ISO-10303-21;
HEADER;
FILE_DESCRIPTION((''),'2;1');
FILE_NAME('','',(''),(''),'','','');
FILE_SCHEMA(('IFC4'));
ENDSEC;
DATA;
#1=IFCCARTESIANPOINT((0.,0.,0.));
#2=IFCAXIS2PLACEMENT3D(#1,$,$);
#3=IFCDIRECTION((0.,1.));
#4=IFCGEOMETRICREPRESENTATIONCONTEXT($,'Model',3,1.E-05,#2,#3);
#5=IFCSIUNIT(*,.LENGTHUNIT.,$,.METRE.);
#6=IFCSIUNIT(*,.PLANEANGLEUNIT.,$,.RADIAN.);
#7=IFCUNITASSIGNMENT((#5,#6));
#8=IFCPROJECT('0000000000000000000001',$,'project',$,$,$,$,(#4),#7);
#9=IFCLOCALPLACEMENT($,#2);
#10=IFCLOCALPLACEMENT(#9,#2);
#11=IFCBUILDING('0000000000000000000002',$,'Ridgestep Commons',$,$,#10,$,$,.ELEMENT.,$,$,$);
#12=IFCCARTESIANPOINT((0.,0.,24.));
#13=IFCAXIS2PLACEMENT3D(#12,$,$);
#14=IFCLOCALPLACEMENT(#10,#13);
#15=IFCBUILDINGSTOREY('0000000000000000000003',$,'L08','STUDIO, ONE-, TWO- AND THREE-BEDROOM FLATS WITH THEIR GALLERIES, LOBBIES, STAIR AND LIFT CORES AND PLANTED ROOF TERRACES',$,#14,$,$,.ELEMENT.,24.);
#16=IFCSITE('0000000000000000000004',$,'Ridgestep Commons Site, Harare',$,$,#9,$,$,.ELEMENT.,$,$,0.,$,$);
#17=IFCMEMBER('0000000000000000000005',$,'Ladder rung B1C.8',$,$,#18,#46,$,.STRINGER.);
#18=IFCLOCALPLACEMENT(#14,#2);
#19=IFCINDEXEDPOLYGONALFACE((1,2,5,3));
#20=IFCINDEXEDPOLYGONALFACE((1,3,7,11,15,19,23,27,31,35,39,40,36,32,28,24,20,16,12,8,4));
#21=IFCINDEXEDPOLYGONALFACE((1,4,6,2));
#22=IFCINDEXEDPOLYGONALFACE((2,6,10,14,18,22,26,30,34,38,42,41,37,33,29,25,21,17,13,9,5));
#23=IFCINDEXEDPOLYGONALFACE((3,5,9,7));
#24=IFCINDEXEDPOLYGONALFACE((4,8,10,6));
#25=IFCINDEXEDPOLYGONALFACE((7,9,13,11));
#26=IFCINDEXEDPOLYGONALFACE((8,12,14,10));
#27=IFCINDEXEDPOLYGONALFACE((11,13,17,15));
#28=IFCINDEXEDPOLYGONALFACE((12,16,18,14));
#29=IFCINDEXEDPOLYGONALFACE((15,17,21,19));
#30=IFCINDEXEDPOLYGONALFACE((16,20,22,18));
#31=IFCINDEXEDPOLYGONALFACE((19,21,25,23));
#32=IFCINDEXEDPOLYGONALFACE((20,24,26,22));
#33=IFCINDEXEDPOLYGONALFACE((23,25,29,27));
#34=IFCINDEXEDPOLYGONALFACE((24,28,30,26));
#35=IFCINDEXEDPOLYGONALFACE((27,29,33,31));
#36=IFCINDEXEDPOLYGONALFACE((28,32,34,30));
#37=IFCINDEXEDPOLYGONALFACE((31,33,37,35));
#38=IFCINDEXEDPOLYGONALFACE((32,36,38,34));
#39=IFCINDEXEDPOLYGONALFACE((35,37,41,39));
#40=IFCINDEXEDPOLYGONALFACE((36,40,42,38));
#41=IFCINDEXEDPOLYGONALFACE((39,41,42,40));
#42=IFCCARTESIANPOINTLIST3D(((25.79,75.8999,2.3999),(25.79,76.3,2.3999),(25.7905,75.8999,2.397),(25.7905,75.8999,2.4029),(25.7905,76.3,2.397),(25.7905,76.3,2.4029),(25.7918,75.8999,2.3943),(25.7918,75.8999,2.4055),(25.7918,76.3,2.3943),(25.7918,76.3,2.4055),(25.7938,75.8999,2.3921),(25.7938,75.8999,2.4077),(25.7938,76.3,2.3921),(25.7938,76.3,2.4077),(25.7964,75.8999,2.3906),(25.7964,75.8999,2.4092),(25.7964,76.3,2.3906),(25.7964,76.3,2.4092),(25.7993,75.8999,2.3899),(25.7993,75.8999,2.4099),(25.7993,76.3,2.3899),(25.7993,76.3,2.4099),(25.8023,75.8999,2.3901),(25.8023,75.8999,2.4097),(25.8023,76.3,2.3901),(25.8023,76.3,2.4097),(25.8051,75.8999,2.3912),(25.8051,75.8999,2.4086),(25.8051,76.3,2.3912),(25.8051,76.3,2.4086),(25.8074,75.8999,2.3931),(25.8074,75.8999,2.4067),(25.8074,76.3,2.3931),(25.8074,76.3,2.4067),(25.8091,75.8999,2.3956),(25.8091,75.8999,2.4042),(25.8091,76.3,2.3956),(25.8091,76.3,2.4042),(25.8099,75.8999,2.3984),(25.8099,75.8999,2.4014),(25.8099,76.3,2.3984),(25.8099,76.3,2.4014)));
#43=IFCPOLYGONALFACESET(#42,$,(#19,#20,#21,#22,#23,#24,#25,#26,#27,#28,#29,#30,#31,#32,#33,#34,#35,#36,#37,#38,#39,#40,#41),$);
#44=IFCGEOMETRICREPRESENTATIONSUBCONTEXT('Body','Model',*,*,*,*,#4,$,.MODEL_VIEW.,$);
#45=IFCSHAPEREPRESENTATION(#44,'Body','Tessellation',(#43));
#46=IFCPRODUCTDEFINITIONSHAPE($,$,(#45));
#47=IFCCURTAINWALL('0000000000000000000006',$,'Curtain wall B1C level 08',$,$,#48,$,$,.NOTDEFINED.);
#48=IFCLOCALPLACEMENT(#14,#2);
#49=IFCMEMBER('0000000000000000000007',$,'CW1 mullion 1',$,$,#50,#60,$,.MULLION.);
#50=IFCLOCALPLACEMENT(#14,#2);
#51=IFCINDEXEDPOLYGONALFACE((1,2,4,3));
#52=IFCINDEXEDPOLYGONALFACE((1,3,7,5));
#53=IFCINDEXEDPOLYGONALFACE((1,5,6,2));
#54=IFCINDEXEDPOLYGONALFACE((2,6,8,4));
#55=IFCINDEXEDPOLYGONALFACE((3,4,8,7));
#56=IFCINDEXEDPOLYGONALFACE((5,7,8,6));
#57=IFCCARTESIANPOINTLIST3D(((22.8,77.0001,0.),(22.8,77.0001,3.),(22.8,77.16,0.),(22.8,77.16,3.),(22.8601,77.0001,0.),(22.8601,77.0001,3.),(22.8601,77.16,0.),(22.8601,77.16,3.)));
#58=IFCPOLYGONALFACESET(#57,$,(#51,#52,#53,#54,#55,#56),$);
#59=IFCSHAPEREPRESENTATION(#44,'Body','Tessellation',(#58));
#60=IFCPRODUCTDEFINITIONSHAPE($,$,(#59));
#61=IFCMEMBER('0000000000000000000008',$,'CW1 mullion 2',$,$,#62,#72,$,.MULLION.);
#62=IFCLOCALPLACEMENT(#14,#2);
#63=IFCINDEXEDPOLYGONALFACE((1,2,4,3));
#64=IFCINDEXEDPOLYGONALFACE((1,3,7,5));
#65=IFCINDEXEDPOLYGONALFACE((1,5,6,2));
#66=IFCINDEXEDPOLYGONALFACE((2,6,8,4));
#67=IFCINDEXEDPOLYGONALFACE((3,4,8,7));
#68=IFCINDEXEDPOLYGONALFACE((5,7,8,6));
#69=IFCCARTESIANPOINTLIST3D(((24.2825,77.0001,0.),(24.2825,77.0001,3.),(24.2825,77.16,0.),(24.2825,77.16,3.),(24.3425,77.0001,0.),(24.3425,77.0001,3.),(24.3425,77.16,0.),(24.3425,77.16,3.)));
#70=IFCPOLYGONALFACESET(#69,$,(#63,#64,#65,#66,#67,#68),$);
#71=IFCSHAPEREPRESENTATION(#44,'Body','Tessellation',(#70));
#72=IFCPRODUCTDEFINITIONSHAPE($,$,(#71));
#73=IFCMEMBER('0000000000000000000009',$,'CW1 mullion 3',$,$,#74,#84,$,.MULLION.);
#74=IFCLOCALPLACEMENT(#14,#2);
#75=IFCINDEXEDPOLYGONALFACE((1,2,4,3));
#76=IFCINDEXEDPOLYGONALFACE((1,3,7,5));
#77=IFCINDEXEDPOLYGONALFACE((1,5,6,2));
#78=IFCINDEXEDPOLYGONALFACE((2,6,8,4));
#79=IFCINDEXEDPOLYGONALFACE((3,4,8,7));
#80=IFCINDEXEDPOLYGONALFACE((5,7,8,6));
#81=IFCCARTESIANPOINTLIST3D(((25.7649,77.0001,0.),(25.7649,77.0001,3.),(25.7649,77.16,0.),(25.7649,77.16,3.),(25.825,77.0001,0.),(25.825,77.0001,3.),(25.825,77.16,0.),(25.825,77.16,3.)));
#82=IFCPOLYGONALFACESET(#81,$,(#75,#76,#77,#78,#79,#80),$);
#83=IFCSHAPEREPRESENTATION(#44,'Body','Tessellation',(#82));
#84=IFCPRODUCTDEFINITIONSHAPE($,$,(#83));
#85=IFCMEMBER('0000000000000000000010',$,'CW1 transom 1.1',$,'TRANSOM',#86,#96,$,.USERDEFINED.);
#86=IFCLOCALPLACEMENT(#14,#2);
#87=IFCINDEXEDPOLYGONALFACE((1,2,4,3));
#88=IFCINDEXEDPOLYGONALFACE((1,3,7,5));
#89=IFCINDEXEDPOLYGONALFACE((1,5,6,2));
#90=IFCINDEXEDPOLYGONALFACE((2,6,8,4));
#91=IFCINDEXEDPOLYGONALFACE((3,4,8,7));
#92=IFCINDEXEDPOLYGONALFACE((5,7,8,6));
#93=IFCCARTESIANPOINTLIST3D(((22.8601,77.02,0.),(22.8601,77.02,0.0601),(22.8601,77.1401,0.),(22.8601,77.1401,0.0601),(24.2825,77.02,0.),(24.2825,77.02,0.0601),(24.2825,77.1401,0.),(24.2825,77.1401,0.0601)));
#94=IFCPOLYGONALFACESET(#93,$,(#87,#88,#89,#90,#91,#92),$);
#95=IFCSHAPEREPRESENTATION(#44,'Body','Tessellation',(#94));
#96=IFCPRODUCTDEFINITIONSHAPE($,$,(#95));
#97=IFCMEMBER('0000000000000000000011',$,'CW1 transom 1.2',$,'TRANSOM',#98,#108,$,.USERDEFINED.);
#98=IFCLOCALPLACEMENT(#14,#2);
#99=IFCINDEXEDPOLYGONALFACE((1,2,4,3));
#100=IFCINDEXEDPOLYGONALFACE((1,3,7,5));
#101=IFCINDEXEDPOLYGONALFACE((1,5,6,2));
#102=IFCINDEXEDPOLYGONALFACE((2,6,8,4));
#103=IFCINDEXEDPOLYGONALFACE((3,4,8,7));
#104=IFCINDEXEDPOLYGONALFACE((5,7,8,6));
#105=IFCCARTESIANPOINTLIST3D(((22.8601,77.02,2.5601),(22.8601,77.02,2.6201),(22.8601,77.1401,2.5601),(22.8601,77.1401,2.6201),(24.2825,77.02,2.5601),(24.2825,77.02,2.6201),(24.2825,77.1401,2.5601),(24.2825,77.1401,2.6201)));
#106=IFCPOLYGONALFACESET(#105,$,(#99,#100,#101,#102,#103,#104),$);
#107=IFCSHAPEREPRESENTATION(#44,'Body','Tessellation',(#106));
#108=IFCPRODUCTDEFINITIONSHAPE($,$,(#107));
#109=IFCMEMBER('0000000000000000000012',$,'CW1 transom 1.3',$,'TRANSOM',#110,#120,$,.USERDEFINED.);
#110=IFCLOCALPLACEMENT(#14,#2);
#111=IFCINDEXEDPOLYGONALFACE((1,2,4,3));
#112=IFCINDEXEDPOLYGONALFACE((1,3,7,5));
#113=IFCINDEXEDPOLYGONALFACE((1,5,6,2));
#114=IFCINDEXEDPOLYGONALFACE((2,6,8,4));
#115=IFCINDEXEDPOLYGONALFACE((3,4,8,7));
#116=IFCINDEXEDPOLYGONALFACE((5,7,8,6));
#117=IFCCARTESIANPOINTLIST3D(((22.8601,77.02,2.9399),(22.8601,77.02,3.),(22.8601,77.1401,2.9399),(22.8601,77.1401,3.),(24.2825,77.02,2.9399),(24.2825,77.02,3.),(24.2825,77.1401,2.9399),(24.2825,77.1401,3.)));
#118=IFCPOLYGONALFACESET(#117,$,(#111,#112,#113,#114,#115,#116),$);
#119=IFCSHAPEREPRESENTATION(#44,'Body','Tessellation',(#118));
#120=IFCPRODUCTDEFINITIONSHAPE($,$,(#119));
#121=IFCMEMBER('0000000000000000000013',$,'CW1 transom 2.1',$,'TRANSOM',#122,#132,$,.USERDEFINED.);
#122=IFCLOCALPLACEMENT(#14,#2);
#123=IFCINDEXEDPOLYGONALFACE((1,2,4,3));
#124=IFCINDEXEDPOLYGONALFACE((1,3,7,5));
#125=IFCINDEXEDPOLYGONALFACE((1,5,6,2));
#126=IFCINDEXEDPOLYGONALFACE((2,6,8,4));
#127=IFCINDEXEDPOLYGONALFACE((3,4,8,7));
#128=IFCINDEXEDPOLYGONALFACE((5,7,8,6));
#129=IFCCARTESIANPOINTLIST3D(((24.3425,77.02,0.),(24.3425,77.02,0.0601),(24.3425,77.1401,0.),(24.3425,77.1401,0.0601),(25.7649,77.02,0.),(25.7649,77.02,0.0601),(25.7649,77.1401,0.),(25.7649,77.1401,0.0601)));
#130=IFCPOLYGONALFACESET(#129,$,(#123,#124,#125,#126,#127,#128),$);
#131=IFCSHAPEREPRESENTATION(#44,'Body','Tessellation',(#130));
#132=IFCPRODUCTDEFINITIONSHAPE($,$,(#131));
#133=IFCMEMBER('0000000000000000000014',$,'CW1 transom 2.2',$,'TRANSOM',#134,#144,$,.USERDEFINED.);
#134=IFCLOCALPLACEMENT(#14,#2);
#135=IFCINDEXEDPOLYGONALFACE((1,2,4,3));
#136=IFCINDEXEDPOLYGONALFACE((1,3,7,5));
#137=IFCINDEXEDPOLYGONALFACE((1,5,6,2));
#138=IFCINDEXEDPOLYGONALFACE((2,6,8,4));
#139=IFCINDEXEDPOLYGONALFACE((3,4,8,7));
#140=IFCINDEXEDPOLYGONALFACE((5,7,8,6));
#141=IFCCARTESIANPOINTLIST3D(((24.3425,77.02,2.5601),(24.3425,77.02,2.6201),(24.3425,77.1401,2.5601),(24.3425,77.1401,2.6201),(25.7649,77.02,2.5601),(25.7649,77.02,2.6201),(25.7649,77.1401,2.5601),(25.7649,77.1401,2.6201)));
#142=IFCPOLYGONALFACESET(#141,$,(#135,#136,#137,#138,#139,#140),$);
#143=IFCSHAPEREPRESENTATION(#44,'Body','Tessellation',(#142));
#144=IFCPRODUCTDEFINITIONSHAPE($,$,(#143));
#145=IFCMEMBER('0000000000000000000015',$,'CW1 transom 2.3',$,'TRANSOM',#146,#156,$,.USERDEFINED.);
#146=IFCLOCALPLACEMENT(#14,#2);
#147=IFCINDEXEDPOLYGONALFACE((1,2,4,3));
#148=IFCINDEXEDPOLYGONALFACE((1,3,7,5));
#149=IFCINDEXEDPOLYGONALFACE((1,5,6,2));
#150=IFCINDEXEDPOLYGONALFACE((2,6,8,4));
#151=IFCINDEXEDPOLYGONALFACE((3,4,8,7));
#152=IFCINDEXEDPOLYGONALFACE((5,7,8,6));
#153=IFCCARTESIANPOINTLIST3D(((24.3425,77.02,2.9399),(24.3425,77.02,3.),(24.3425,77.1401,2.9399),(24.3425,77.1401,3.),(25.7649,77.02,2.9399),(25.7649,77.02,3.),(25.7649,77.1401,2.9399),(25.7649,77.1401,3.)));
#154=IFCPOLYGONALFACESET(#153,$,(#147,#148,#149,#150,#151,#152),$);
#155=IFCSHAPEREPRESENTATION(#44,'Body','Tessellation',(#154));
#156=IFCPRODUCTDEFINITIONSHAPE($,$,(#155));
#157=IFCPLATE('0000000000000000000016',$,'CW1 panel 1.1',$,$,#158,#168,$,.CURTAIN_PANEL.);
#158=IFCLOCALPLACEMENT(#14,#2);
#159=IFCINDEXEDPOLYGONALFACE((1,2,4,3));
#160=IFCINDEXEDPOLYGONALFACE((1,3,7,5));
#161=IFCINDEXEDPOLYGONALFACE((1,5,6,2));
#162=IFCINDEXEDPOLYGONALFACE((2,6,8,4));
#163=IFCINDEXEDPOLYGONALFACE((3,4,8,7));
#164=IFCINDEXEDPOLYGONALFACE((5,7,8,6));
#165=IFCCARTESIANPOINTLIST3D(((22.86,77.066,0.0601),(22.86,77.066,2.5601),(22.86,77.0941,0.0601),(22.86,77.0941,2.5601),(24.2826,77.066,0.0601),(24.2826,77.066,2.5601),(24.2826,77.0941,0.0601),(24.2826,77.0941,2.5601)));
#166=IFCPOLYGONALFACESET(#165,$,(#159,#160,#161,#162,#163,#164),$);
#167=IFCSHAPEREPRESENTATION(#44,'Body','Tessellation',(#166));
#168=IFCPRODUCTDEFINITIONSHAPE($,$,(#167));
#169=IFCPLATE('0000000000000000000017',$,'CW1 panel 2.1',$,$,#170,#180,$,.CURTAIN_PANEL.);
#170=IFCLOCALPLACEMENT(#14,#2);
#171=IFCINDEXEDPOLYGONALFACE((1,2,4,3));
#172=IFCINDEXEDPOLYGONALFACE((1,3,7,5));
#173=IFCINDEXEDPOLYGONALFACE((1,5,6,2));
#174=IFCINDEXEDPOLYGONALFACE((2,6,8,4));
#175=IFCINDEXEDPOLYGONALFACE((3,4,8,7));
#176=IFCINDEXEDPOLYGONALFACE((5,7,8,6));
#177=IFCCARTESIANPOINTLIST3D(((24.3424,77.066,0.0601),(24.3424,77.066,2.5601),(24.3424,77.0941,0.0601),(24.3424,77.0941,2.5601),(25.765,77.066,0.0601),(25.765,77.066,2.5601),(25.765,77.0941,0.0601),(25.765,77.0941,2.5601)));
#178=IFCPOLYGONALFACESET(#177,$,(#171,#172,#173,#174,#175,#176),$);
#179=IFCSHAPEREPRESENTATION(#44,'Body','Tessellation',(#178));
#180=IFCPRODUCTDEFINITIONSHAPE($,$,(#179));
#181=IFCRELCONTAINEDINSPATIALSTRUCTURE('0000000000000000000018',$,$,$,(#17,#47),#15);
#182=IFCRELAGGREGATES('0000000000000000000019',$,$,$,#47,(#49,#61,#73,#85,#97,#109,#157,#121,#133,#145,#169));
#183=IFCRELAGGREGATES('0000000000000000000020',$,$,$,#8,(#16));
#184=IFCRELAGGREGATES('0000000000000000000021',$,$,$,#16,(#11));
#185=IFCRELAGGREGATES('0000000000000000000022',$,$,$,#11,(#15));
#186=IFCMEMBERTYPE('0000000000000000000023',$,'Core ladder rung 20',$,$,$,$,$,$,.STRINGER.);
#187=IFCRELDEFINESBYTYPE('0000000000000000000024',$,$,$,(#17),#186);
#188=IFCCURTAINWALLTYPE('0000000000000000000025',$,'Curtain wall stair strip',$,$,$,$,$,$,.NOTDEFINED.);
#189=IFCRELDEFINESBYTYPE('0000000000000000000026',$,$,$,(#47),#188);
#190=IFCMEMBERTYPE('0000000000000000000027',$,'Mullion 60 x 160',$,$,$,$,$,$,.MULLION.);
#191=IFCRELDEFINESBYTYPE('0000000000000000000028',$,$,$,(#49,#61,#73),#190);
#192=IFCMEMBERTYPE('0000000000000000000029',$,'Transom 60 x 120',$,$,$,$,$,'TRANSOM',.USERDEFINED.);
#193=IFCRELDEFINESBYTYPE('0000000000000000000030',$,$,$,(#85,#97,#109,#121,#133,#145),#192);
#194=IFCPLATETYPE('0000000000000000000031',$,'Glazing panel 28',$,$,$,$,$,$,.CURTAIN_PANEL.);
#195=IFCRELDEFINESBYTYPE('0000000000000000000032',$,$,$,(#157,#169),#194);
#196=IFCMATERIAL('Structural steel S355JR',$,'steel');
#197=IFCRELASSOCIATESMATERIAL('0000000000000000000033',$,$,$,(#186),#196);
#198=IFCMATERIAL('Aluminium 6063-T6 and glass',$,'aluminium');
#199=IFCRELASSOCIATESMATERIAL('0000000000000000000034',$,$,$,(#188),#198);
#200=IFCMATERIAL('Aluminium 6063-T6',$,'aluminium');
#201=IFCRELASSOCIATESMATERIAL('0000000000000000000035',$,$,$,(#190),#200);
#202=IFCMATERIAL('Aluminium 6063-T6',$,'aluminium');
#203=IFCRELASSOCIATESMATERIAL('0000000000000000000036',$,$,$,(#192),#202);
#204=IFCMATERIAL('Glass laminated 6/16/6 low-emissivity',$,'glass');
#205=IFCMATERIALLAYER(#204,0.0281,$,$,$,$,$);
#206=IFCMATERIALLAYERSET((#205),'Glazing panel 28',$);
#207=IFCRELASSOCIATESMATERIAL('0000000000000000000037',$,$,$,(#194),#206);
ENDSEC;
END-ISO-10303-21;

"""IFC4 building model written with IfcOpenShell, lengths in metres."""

from ifc_helpers import new_model, si_unit, direction, frame, origin, origin_2d, place, context, subcontext, project, spatial, rectangle, circle, extrude, material, layer, layer_set, material_profile, profile_set, type_object, element, aggregate, save


model = new_model("IFC4")

# Units and contexts
model_context = context("Model", 3, precision=1e-05, world=origin(), true_north=direction((0.0, 1.0)))
body_context = subcontext(model_context, "Body", "Model", "MODEL_VIEW")
ifc_project = project(units=[si_unit("LENGTHUNIT", "METRE"), si_unit("PLANEANGLEUNIT", "RADIAN")], contexts=[model_context])

# Site, building, storey
site_placement = place(None, origin())
site = spatial("IfcSite", under=ifc_project, at=site_placement, Name="Ridgestep Commons Site, Harare", CompositionType="ELEMENT", RefElevation=0.0)
building_placement = place(site_placement, origin())
building = spatial("IfcBuilding", under=site, at=building_placement, Name="Ridgestep Commons", CompositionType="ELEMENT")
storey_placement = place(building_placement, frame((0.0, 0.0, 24.0)))
storey = spatial("IfcBuildingStorey", under=building, at=storey_placement, Name="L08", Description="STUDIO, ONE-, TWO- AND THREE-BEDROOM FLATS WITH THEIR GALLERIES, LOBBIES, STAIR AND LIFT CORES AND PLANTED ROOF TERRACES", CompositionType="ELEMENT", Elevation=24.0)

# Member
ifc_material_1 = material(Name="Structural steel S355JR", Category="steel")
ifc_material_profile_1 = material_profile(ifc_material_1, circle(Radius=0.01, at=origin_2d()), Name="Round bar 20")
ifc_profile_set_1 = profile_set([ifc_material_profile_1], Name="Structural steel S355JR")
member_type_1 = type_object("IfcMemberType", Name="Core ladder rung 20", PredefinedType="STRINGER", material=ifc_profile_set_1)
for number, where, z_axis, x_axis, name in (
    (1, (25.8, 75.8999, 2.3999), (0.0, 1.0, 0.0), (-1.0, 0.0, 0.0), "Ladder rung B1C.8"),
):
    element("IfcMember", number, at=place(storey_placement, frame(where, z_axis=z_axis, x_axis=x_axis)), inside=storey, type_object=member_type_1, Name=name, PredefinedType="STRINGER", context=body_context, shape_type="SweptSolid", body=[
        extrude(circle(Radius=0.01, at=origin_2d()), origin(), (0.0, 0.0, 1.0), 0.4001),
    ])

# Curtain wall, members, plates
ifc_material_2 = material(Name="Aluminium 6063-T6 and glass", Category="aluminium")
curtain_wall_type = type_object("IfcCurtainWallType", Name="Curtain wall stair strip", PredefinedType="NOTDEFINED", material=ifc_material_2)
curtain_wall_placement = place(storey_placement, origin())
curtain_wall = element("IfcCurtainWall", 2, at=curtain_wall_placement, inside=storey, type_object=curtain_wall_type, Name="Curtain wall B1C level 08", PredefinedType="NOTDEFINED")
ifc_material_3 = material(Name="Aluminium 6063-T6", Category="aluminium")
ifc_material_profile_2 = material_profile(ifc_material_3, rectangle(XDim=0.1599, YDim=0.0601, at=origin_2d()), Name="Mullion 60 x 160")
ifc_profile_set_2 = profile_set([ifc_material_profile_2], Name="Aluminium 6063-T6")
member_type_2 = type_object("IfcMemberType", Name="Mullion 60 x 160", PredefinedType="MULLION", material=ifc_profile_set_2)
member_1_placement = place(storey_placement, frame((22.8301, 77.0801, 0.0), z_axis=(0.0, 0.0, 1.0), x_axis=(0.0, 1.0, 0.0)))
member_1 = element("IfcMember", 3, at=member_1_placement, type_object=member_type_2, Name="CW1 mullion 1", PredefinedType="MULLION", context=body_context, shape_type="SweptSolid", body=[
    extrude(rectangle(XDim=0.1599, YDim=0.0601, at=origin_2d()), origin(), (0.0, 0.0, 1.0), 3.0),
])
member_2_placement = place(storey_placement, frame((24.3125, 77.0801, 0.0), z_axis=(0.0, 0.0, 1.0), x_axis=(0.0, 1.0, 0.0)))
member_2 = element("IfcMember", 4, at=member_2_placement, type_object=member_type_2, Name="CW1 mullion 2", PredefinedType="MULLION", context=body_context, shape_type="SweptSolid", body=[
    extrude(rectangle(XDim=0.1599, YDim=0.0601, at=origin_2d()), origin(), (0.0, 0.0, 1.0), 3.0),
])
member_3_placement = place(storey_placement, frame((25.7949, 77.0801, 0.0), z_axis=(0.0, 0.0, 1.0), x_axis=(0.0, 1.0, 0.0)))
member_3 = element("IfcMember", 5, at=member_3_placement, type_object=member_type_2, Name="CW1 mullion 3", PredefinedType="MULLION", context=body_context, shape_type="SweptSolid", body=[
    extrude(rectangle(XDim=0.1599, YDim=0.0601, at=origin_2d()), origin(), (0.0, 0.0, 1.0), 3.0),
])
ifc_material_4 = material(Name="Aluminium 6063-T6", Category="aluminium")
ifc_material_profile_3 = material_profile(ifc_material_4, rectangle(XDim=0.1201, YDim=0.0601, at=origin_2d()), Name="Transom 60 x 120")
ifc_profile_set_3 = profile_set([ifc_material_profile_3], Name="Aluminium 6063-T6")
member_type_3 = type_object("IfcMemberType", Name="Transom 60 x 120", ElementType="TRANSOM", PredefinedType="USERDEFINED", material=ifc_profile_set_3)
member_4_placement = place(storey_placement, frame((22.8601, 77.0801, 0.03), z_axis=(1.0, 0.0, 0.0), x_axis=(0.0, 1.0, 0.0)))
member_4 = element("IfcMember", 6, at=member_4_placement, type_object=member_type_3, Name="CW1 transom 1.1", ObjectType="TRANSOM", PredefinedType="USERDEFINED", context=body_context, shape_type="SweptSolid", body=[
    extrude(rectangle(XDim=0.1201, YDim=0.0601, at=origin_2d()), origin(), (0.0, 0.0, 1.0), 1.4224),
])
member_5_placement = place(storey_placement, frame((22.8601, 77.0801, 2.5901), z_axis=(1.0, 0.0, 0.0), x_axis=(0.0, 1.0, 0.0)))
member_5 = element("IfcMember", 7, at=member_5_placement, type_object=member_type_3, Name="CW1 transom 1.2", ObjectType="TRANSOM", PredefinedType="USERDEFINED", context=body_context, shape_type="SweptSolid", body=[
    extrude(rectangle(XDim=0.1201, YDim=0.0601, at=origin_2d()), origin(), (0.0, 0.0, 1.0), 1.4224),
])
member_6_placement = place(storey_placement, frame((22.8601, 77.0801, 2.97), z_axis=(1.0, 0.0, 0.0), x_axis=(0.0, 1.0, 0.0)))
member_6 = element("IfcMember", 8, at=member_6_placement, type_object=member_type_3, Name="CW1 transom 1.3", ObjectType="TRANSOM", PredefinedType="USERDEFINED", context=body_context, shape_type="SweptSolid", body=[
    extrude(rectangle(XDim=0.1201, YDim=0.0601, at=origin_2d()), origin(), (0.0, 0.0, 1.0), 1.4224),
])
member_7_placement = place(storey_placement, frame((24.3425, 77.0801, 0.03), z_axis=(1.0, 0.0, 0.0), x_axis=(0.0, 1.0, 0.0)))
member_7 = element("IfcMember", 9, at=member_7_placement, type_object=member_type_3, Name="CW1 transom 2.1", ObjectType="TRANSOM", PredefinedType="USERDEFINED", context=body_context, shape_type="SweptSolid", body=[
    extrude(rectangle(XDim=0.1201, YDim=0.0601, at=origin_2d()), origin(), (0.0, 0.0, 1.0), 1.4224),
])
member_8_placement = place(storey_placement, frame((24.3425, 77.0801, 2.5901), z_axis=(1.0, 0.0, 0.0), x_axis=(0.0, 1.0, 0.0)))
member_8 = element("IfcMember", 10, at=member_8_placement, type_object=member_type_3, Name="CW1 transom 2.2", ObjectType="TRANSOM", PredefinedType="USERDEFINED", context=body_context, shape_type="SweptSolid", body=[
    extrude(rectangle(XDim=0.1201, YDim=0.0601, at=origin_2d()), origin(), (0.0, 0.0, 1.0), 1.4224),
])
member_9_placement = place(storey_placement, frame((24.3425, 77.0801, 2.97), z_axis=(1.0, 0.0, 0.0), x_axis=(0.0, 1.0, 0.0)))
member_9 = element("IfcMember", 11, at=member_9_placement, type_object=member_type_3, Name="CW1 transom 2.3", ObjectType="TRANSOM", PredefinedType="USERDEFINED", context=body_context, shape_type="SweptSolid", body=[
    extrude(rectangle(XDim=0.1201, YDim=0.0601, at=origin_2d()), origin(), (0.0, 0.0, 1.0), 1.4224),
])
ifc_material_5 = material(Name="Glass laminated 6/16/6 low-emissivity", Category="glass")
ifc_layer_1 = layer(ifc_material_5, 0.0281)
ifc_layer_set_1 = layer_set([ifc_layer_1], Name="Glazing panel 28")
plate_type_1 = type_object("IfcPlateType", Name="Glazing panel 28", PredefinedType="CURTAIN_PANEL", material=ifc_layer_set_1)
plate_1_placement = place(storey_placement, frame((23.5713, 77.0801, 0.0601), z_axis=(0.0, 0.0, 1.0), x_axis=(1.0, 0.0, 0.0)))
plate_1 = element("IfcPlate", 12, at=plate_1_placement, type_object=plate_type_1, Name="CW1 panel 1.1", PredefinedType="CURTAIN_PANEL", context=body_context, shape_type="SweptSolid", body=[
    extrude(rectangle(XDim=1.4226, YDim=0.0281, at=origin_2d()), origin(), (0.0, 0.0, 1.0), 2.5),
])
plate_2_placement = place(storey_placement, frame((25.0537, 77.0801, 0.0601), z_axis=(0.0, 0.0, 1.0), x_axis=(1.0, 0.0, 0.0)))
plate_2 = element("IfcPlate", 13, at=plate_2_placement, type_object=plate_type_1, Name="CW1 panel 2.1", PredefinedType="CURTAIN_PANEL", context=body_context, shape_type="SweptSolid", body=[
    extrude(rectangle(XDim=1.4226, YDim=0.0281, at=origin_2d()), origin(), (0.0, 0.0, 1.0), 2.5),
])
aggregate(curtain_wall, [member_1, member_2, member_3, member_4, member_5, member_6, plate_1, member_7, member_8, member_9, plate_2])

save(model, "model.ifc")
